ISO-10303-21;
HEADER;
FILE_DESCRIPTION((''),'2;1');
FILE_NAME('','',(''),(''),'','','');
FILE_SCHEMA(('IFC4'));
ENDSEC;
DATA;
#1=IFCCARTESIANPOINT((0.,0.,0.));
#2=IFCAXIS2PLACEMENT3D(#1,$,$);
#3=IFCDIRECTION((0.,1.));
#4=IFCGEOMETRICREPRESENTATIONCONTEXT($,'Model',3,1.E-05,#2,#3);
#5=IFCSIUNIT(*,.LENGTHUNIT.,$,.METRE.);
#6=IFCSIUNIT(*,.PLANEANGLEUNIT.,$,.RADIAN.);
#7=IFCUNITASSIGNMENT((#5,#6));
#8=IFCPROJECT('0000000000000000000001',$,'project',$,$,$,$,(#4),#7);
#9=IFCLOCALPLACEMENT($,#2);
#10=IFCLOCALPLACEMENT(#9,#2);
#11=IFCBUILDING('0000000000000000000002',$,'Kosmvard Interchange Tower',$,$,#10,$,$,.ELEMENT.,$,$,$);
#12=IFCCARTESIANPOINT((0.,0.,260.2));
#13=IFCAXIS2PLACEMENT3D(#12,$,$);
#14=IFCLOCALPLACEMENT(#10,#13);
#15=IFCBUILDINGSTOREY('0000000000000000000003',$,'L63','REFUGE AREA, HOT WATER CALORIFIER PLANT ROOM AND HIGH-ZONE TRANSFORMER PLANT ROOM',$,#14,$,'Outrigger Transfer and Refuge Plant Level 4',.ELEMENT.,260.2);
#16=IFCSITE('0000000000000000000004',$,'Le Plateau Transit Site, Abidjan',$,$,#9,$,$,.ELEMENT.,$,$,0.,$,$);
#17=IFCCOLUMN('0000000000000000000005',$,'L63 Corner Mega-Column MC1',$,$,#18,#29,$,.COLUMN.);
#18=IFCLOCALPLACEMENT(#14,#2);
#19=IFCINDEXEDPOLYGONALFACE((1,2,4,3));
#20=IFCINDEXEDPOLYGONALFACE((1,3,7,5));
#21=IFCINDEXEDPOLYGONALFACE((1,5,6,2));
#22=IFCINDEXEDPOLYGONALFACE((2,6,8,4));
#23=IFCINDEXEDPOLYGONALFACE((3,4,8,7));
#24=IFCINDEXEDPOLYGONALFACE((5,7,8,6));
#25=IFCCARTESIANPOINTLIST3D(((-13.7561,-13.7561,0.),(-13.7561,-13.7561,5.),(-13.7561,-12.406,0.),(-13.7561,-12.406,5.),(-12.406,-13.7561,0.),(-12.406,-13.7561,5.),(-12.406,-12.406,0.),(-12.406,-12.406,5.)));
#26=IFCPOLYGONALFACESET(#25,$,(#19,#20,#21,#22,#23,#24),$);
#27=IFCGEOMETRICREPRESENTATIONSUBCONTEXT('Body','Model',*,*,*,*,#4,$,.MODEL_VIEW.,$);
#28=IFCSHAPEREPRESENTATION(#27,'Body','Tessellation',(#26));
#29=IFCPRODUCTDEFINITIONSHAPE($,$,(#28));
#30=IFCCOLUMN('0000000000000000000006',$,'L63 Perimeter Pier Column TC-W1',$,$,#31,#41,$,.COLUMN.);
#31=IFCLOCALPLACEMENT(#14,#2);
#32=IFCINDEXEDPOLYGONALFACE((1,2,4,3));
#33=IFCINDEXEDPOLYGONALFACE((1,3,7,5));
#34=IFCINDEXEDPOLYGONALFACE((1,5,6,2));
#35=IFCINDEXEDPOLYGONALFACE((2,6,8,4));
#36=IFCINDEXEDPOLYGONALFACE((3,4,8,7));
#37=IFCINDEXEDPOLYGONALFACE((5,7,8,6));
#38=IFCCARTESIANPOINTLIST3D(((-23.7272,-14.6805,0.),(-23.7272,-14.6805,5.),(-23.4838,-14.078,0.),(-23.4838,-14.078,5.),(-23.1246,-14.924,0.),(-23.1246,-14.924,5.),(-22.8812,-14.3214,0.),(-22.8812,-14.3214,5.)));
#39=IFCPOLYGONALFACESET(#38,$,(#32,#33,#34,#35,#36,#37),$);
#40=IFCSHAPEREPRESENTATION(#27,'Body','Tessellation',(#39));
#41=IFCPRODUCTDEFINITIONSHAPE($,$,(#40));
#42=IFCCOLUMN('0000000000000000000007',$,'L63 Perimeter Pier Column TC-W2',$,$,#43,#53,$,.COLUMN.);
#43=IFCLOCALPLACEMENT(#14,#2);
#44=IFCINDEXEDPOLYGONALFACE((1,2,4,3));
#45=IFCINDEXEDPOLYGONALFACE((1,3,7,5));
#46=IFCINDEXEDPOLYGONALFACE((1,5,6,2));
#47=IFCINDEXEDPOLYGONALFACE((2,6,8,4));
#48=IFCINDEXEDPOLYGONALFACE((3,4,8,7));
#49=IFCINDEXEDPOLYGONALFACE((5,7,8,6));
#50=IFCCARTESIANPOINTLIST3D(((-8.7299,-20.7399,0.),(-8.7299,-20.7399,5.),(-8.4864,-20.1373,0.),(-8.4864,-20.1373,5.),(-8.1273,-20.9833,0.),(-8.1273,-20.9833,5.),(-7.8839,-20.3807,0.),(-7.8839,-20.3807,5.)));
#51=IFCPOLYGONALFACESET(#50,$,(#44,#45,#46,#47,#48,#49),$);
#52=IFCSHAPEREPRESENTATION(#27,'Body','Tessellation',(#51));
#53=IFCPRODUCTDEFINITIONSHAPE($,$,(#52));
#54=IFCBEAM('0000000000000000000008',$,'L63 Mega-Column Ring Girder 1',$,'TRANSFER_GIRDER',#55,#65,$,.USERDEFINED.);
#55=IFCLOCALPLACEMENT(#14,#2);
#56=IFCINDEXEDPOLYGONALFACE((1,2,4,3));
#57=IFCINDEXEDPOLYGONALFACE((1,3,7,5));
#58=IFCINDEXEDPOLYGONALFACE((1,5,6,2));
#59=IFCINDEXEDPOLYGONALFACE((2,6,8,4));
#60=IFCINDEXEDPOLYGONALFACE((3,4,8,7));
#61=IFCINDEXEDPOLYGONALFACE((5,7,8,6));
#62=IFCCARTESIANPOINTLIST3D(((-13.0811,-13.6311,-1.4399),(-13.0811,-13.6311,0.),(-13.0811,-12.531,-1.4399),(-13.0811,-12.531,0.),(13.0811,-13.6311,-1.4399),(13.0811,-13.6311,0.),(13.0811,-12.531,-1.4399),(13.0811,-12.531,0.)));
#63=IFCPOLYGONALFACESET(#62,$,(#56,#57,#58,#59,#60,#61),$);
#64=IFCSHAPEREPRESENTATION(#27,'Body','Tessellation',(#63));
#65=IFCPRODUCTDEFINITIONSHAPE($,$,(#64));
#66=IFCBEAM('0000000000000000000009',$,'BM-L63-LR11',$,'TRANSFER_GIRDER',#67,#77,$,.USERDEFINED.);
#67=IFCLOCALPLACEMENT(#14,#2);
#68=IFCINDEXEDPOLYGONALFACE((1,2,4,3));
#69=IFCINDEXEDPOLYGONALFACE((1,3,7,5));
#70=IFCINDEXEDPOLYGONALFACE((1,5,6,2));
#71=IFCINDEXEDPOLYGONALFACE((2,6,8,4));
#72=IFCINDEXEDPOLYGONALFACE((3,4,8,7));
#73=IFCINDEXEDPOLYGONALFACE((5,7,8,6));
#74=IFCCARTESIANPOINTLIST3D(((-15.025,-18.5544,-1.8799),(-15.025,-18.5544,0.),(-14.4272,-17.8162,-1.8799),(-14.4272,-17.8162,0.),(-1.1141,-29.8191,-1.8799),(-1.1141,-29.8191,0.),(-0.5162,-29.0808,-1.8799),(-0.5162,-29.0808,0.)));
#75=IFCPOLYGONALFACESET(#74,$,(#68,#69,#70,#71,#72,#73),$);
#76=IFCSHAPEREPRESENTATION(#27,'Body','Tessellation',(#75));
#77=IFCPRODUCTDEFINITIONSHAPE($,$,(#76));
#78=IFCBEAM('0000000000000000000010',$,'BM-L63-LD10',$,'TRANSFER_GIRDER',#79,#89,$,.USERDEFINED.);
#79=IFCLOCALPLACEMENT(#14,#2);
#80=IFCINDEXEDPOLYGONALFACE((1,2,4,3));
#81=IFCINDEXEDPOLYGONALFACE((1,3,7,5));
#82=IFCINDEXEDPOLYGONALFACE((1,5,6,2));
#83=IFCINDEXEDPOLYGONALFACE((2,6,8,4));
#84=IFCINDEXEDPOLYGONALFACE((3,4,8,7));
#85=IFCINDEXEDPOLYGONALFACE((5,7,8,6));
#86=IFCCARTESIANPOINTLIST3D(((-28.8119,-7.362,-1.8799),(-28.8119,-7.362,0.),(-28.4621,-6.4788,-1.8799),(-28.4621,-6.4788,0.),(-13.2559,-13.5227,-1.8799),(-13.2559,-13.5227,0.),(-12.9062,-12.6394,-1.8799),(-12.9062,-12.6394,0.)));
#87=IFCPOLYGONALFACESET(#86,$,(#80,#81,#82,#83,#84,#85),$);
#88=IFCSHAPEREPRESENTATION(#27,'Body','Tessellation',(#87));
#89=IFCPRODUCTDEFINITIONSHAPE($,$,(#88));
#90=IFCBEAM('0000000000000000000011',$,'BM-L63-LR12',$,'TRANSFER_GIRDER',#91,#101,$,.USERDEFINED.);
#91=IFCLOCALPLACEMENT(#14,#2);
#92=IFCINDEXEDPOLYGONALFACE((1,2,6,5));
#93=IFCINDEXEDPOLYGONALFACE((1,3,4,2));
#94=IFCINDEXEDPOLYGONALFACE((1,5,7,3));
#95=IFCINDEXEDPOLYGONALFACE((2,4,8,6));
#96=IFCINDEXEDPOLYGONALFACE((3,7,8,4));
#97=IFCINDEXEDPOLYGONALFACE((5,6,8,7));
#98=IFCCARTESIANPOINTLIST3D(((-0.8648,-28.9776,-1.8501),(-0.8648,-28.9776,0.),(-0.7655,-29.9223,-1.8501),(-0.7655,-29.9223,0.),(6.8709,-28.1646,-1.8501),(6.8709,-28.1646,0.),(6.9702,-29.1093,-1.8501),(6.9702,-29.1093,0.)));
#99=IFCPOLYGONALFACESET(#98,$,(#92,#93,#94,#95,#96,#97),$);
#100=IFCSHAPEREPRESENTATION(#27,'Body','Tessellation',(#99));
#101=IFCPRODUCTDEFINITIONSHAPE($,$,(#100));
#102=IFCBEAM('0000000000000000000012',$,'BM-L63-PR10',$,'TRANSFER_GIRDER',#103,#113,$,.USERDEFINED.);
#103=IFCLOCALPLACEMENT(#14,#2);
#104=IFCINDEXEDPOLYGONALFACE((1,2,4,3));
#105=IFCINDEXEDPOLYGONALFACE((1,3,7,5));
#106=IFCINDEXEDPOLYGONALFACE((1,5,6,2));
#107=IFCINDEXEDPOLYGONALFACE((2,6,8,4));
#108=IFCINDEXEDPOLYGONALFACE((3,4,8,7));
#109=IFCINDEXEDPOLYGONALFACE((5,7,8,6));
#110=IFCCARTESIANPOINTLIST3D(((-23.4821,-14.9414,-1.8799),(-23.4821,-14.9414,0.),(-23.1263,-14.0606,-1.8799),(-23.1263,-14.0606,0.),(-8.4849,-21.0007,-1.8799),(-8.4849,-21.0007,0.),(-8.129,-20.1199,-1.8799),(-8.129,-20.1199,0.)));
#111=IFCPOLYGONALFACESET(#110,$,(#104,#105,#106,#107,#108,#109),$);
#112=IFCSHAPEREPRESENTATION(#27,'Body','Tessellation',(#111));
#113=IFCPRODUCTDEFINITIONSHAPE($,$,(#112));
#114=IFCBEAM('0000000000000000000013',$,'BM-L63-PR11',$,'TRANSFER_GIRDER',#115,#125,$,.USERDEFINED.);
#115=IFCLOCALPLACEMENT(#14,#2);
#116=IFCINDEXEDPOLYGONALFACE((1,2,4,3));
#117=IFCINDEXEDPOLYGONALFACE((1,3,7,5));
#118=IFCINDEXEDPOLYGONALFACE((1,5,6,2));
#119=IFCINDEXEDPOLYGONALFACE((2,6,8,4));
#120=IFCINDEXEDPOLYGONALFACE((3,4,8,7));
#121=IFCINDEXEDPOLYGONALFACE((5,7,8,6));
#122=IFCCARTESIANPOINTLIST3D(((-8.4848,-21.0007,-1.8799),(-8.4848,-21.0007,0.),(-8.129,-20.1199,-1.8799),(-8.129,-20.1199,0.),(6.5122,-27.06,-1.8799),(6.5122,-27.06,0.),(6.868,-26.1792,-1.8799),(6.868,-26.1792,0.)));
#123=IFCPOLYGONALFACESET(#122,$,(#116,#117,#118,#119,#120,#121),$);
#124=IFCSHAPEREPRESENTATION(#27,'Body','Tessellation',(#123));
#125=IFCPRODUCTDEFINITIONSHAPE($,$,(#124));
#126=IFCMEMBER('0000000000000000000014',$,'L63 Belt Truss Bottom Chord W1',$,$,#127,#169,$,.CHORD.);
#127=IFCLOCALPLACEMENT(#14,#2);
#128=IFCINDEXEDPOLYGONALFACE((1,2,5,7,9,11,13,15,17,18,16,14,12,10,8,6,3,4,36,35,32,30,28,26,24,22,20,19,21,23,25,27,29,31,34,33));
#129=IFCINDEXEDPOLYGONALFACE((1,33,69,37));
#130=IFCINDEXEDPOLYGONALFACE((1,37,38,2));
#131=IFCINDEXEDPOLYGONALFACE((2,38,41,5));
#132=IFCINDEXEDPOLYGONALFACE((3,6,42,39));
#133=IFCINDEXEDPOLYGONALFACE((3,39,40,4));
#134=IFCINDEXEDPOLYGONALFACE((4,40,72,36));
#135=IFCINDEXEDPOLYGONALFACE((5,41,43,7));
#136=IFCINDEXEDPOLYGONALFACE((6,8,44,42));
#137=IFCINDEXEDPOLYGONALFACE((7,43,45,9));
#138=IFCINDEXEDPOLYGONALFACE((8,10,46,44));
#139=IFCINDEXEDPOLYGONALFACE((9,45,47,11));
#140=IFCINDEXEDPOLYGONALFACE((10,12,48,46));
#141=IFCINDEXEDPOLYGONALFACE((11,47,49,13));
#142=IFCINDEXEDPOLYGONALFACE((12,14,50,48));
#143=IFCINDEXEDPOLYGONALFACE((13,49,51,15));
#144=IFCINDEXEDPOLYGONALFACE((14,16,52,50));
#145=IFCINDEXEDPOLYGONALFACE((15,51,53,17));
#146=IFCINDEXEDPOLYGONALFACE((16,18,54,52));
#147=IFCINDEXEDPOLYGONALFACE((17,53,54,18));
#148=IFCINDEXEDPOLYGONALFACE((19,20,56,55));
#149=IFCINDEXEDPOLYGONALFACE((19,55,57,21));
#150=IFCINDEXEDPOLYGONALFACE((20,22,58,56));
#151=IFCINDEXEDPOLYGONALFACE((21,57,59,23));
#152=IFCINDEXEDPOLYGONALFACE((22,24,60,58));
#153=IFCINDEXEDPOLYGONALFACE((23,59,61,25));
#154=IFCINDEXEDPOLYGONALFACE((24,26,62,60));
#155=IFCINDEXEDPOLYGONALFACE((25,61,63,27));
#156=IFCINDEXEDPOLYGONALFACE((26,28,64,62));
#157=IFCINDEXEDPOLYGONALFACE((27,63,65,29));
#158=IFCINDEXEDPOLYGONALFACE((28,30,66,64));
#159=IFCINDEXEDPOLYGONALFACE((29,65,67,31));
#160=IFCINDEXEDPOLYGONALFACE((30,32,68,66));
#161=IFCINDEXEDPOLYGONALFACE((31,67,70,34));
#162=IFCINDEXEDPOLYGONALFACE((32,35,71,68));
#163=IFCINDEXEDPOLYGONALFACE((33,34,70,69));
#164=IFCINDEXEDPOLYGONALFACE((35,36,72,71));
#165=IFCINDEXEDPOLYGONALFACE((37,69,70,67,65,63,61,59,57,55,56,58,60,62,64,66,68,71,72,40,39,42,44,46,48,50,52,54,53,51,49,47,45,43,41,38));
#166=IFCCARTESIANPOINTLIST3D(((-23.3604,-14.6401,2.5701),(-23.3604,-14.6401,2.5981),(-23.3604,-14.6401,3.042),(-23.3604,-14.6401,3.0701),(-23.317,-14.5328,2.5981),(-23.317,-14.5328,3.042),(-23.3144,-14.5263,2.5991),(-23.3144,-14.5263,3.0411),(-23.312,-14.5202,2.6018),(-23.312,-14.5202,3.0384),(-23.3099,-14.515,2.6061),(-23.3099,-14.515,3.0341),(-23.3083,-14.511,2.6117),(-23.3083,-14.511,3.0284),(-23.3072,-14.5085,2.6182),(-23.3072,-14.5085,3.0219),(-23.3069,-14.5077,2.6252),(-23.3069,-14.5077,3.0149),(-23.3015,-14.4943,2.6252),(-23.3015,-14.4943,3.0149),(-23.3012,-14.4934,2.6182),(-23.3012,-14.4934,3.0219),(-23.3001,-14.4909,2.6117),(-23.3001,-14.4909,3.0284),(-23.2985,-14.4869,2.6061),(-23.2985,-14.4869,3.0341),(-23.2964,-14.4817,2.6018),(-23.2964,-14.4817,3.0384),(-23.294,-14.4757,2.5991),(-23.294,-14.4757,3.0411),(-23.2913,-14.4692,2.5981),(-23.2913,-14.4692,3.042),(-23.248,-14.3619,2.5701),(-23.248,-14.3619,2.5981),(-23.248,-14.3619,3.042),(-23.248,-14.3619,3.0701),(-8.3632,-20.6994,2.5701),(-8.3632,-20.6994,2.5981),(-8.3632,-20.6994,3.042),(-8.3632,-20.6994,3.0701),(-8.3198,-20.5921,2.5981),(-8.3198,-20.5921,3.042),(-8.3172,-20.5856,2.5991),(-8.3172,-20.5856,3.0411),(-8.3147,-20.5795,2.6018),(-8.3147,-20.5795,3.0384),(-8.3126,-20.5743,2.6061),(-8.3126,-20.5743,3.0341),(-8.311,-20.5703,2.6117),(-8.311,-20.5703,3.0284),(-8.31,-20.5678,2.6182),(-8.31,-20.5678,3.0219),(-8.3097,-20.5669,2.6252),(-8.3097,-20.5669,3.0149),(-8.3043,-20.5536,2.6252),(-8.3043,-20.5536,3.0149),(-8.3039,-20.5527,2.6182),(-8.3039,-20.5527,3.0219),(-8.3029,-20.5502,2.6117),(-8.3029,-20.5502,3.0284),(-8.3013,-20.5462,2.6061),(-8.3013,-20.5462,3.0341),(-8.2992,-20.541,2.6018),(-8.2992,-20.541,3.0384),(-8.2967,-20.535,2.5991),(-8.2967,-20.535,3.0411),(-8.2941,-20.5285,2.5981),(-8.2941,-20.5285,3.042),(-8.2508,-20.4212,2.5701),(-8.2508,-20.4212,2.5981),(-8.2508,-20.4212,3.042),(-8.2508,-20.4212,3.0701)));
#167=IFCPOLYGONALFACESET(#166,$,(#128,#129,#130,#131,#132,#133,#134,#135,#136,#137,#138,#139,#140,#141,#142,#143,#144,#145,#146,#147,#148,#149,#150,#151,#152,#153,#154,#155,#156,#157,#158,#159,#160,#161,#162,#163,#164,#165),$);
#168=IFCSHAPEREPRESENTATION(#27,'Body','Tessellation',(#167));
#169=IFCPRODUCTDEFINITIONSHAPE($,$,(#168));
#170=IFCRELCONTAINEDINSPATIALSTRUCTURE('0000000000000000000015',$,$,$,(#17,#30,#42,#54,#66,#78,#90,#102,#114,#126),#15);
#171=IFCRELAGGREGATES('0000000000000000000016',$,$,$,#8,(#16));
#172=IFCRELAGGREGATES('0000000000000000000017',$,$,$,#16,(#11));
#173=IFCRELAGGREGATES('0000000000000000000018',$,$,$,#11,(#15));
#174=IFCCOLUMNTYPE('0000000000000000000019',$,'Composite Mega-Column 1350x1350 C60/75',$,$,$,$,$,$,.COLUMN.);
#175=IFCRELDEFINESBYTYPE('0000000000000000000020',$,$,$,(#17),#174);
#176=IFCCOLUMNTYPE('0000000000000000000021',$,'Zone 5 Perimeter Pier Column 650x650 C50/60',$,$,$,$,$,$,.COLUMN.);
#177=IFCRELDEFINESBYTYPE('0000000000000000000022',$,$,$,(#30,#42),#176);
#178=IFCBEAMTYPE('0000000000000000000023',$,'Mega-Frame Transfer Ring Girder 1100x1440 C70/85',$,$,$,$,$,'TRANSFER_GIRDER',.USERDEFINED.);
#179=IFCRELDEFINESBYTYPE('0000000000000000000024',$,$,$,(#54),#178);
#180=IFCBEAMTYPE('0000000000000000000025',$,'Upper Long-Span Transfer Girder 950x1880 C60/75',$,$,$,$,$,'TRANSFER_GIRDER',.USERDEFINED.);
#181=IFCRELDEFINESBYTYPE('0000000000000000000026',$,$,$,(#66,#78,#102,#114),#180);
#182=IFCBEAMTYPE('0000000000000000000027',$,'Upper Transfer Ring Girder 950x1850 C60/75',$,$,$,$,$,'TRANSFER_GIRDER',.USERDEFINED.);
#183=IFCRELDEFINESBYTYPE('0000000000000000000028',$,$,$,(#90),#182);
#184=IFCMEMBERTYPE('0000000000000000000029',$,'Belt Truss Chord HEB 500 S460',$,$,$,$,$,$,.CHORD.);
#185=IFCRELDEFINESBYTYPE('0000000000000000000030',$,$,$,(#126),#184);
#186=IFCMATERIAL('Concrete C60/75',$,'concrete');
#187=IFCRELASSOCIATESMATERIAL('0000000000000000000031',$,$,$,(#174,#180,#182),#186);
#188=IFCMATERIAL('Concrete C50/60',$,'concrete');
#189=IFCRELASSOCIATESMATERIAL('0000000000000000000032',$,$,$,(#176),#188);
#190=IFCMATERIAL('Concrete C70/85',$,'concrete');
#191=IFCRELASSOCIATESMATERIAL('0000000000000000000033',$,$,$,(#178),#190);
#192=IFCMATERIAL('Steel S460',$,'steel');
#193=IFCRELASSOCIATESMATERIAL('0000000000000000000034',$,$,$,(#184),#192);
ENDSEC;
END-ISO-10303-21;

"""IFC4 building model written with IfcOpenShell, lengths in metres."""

from ifc_helpers import new_model, si_unit, direction, frame, origin, origin_2d, place, context, subcontext, project, spatial, rectangle, i_section, extrude, source, transform, mapped, material, material_profile, profile_set, type_object, element, save


model = new_model("IFC4")

# Units and contexts
model_context = context("Model", 3, precision=1e-05, world=origin(), true_north=direction((0.0, 1.0)))
body_context = subcontext(model_context, "Body", "Model", "MODEL_VIEW")
ifc_project = project(units=[si_unit("LENGTHUNIT", "METRE"), si_unit("PLANEANGLEUNIT", "RADIAN")], contexts=[model_context])

# Site, building, storey
site_placement = place(None, origin())
site = spatial("IfcSite", under=ifc_project, at=site_placement, Name="Le Plateau Transit Site, Abidjan", CompositionType="ELEMENT", RefElevation=0.0)
building_placement = place(site_placement, origin())
building = spatial("IfcBuilding", under=site, at=building_placement, Name="Kosmvard Interchange Tower", CompositionType="ELEMENT")
storey_placement = place(building_placement, frame((0.0, 0.0, 260.2)))
storey = spatial("IfcBuildingStorey", under=building, at=storey_placement, Name="L63", Description="REFUGE AREA, HOT WATER CALORIFIER PLANT ROOM AND HIGH-ZONE TRANSFORMER PLANT ROOM", LongName="Outrigger Transfer and Refuge Plant Level 4", CompositionType="ELEMENT", Elevation=260.2)

# Columns
ifc_material_1 = material(Name="Concrete C60/75", Category="concrete")
ifc_material_profile_1 = material_profile(ifc_material_1, rectangle(XDim=1.3501, YDim=1.3501, at=origin_2d()), Name="MC 1350x1350")
ifc_profile_set_1 = profile_set([ifc_material_profile_1], Name="Concrete C60/75")
column_type_1 = type_object("IfcColumnType", Name="Composite Mega-Column 1350x1350 C60/75", PredefinedType="COLUMN", material=ifc_profile_set_1)
shared_shape_1 = source(origin(), body_context, "Body", "SweptSolid", [
    extrude(rectangle(XDim=1.3501, YDim=1.3501, at=origin_2d()), origin(), (0.0, 0.0, 1.0), 5.0),
])
column_placement = place(storey_placement, frame((-13.0811, -13.0811, 0.0), z_axis=(0.0, 0.0, 1.0), x_axis=(1.0, 0.0, 0.0)))
element("IfcColumn", 1, at=column_placement, inside=storey, type_object=column_type_1, Name="L63 Corner Mega-Column MC1", PredefinedType="COLUMN", context=body_context, shape_type="MappedRepresentation", body=[
    mapped(shared_shape_1, transform((0.0, 0.0, 0.0), scale=1.0)),
])
ifc_material_2 = material(Name="Concrete C50/60", Category="concrete")
ifc_material_profile_2 = material_profile(ifc_material_2, rectangle(XDim=0.6499, YDim=0.6499, at=origin_2d()), Name="TC 650x650")
ifc_profile_set_2 = profile_set([ifc_material_profile_2], Name="Concrete C50/60")
column_type_2 = type_object("IfcColumnType", Name="Zone 5 Perimeter Pier Column 650x650 C50/60", PredefinedType="COLUMN", material=ifc_profile_set_2)
shared_shape_2 = source(origin(), body_context, "Body", "SweptSolid", [
    extrude(rectangle(XDim=0.6499, YDim=0.6499, at=origin_2d()), origin(), (0.0, 0.0, 1.0), 5.0),
])
for number, where, z_axis, x_axis, name in (
    (2, (-23.3042, -14.501, 0.0), (0.0, 0.0, 1.0), (0.374607, 0.927184, 0.0), "L63 Perimeter Pier Column TC-W1"),
    (3, (-8.3069, -20.5603, 0.0), (0.0, 0.0, 1.0), (0.374607, 0.927184, 0.0), "L63 Perimeter Pier Column TC-W2"),
):
    element("IfcColumn", number, at=place(storey_placement, frame(where, z_axis=z_axis, x_axis=x_axis)), inside=storey, type_object=column_type_2, Name=name, PredefinedType="COLUMN", context=body_context, shape_type="MappedRepresentation", body=[
        mapped(shared_shape_2, transform((0.0, 0.0, 0.0), scale=1.0)),
    ])

# Beams
ifc_material_3 = material(Name="Concrete C70/85", Category="concrete")
ifc_material_profile_3 = material_profile(ifc_material_3, rectangle(XDim=1.1001, YDim=1.4399, at=origin_2d()), Name="TG 1100x1440")
ifc_profile_set_3 = profile_set([ifc_material_profile_3], Name="Concrete C70/85")
beam_type_1 = type_object("IfcBeamType", Name="Mega-Frame Transfer Ring Girder 1100x1440 C70/85", ElementType="TRANSFER_GIRDER", PredefinedType="USERDEFINED", material=ifc_profile_set_3)
shared_shape_3 = source(origin(), body_context, "Body", "SweptSolid", [
    extrude(rectangle(XDim=1.1001, YDim=1.4399, at=origin_2d()), origin(), (0.0, 0.0, 1.0), 26.1621),
])
beam_1_placement = place(storey_placement, frame((-13.0811, -13.0811, -0.72), z_axis=(1.0, 0.0, 0.0), x_axis=(0.0, 1.0, 0.0)))
element("IfcBeam", 4, at=beam_1_placement, inside=storey, type_object=beam_type_1, Name="L63 Mega-Column Ring Girder 1", ObjectType="TRANSFER_GIRDER", PredefinedType="USERDEFINED", context=body_context, shape_type="MappedRepresentation", body=[
    mapped(shared_shape_3, transform((0.0, 0.0, 0.0), scale=1.0)),
])
ifc_material_profile_4 = material_profile(ifc_material_1, rectangle(XDim=0.95, YDim=1.8799, at=origin_2d()), Name="TG 950x1880")
ifc_profile_set_4 = profile_set([ifc_material_profile_4], Name="Concrete C60/75")
beam_type_2 = type_object("IfcBeamType", Name="Upper Long-Span Transfer Girder 950x1880 C60/75", ElementType="TRANSFER_GIRDER", PredefinedType="USERDEFINED", material=ifc_profile_set_4)
shared_shape_4 = source(origin(), body_context, "Body", "SweptSolid", [
    extrude(rectangle(XDim=0.95, YDim=1.8799, at=origin_2d()), origin(), (0.0, 0.0, 1.0), 17.8999),
])
beam_2_placement = place(storey_placement, frame((-14.7261, -18.1853, -0.9399), z_axis=(0.777151, -0.629315, 0.0), x_axis=(0.629315, 0.777151, 0.0)))
element("IfcBeam", 5, at=beam_2_placement, inside=storey, type_object=beam_type_2, Name="BM-L63-LR11", ObjectType="TRANSFER_GIRDER", PredefinedType="USERDEFINED", context=body_context, shape_type="MappedRepresentation", body=[
    mapped(shared_shape_4, transform((0.0, 0.0, 0.0), scale=1.0)),
])
shared_shape_5 = source(origin(), body_context, "Body", "SweptSolid", [
    extrude(rectangle(XDim=0.95, YDim=1.8799, at=origin_2d()), origin(), (0.0, 0.0, 1.0), 16.7314),
])
beam_3_placement = place(storey_placement, frame((-13.0811, -13.0811, -0.9399), z_axis=(-0.929743, 0.368209, 0.0), x_axis=(-0.368209, -0.929743, 0.0)))
element("IfcBeam", 6, at=beam_3_placement, inside=storey, type_object=beam_type_2, Name="BM-L63-LD10", ObjectType="TRANSFER_GIRDER", PredefinedType="USERDEFINED", context=body_context, shape_type="MappedRepresentation", body=[
    mapped(shared_shape_5, transform((0.0, 0.0, 0.0), scale=1.0)),
])
ifc_material_profile_5 = material_profile(ifc_material_1, rectangle(XDim=0.95, YDim=1.8501, at=origin_2d()), Name="TG 950x1850")
ifc_profile_set_5 = profile_set([ifc_material_profile_5], Name="Concrete C60/75")
beam_type_3 = type_object("IfcBeamType", Name="Upper Transfer Ring Girder 950x1850 C60/75", ElementType="TRANSFER_GIRDER", PredefinedType="USERDEFINED", material=ifc_profile_set_5)
shared_shape_6 = source(origin(), body_context, "Body", "SweptSolid", [
    extrude(rectangle(XDim=0.95, YDim=1.8501, at=origin_2d()), origin(), (0.0, 0.0, 1.0), 7.7783),
])
beam_4_placement = place(storey_placement, frame((-0.8152, -29.45, -0.925), z_axis=(0.994523, 0.104521, 0.0), x_axis=(-0.104521, 0.994523, 0.0)))
element("IfcBeam", 7, at=beam_4_placement, inside=storey, type_object=beam_type_3, Name="BM-L63-LR12", ObjectType="TRANSFER_GIRDER", PredefinedType="USERDEFINED", context=body_context, shape_type="MappedRepresentation", body=[
    mapped(shared_shape_6, transform((0.0, 0.0, 0.0), scale=1.0)),
])
shared_shape_7 = source(origin(), body_context, "Body", "SweptSolid", [
    extrude(rectangle(XDim=0.95, YDim=1.8799, at=origin_2d()), origin(), (0.0, 0.0, 1.0), 16.175),
])
beam_5_placement = place(storey_placement, frame((-23.3042, -14.501, -0.9399), z_axis=(0.927183, -0.374608, 0.0), x_axis=(0.374608, 0.927183, 0.0)))
element("IfcBeam", 8, at=beam_5_placement, inside=storey, type_object=beam_type_2, Name="BM-L63-PR10", ObjectType="TRANSFER_GIRDER", PredefinedType="USERDEFINED", context=body_context, shape_type="MappedRepresentation", body=[
    mapped(shared_shape_7, transform((0.0, 0.0, 0.0), scale=1.0)),
])
shared_shape_8 = source(origin(), body_context, "Body", "SweptSolid", [
    extrude(rectangle(XDim=0.95, YDim=1.8799, at=origin_2d()), origin(), (0.0, 0.0, 1.0), 16.1748),
])
beam_6_placement = place(storey_placement, frame((-8.3069, -20.5603, -0.9399), z_axis=(0.927181, -0.374613, 0.0), x_axis=(0.374613, 0.927181, 0.0)))
element("IfcBeam", 9, at=beam_6_placement, inside=storey, type_object=beam_type_2, Name="BM-L63-PR11", ObjectType="TRANSFER_GIRDER", PredefinedType="USERDEFINED", context=body_context, shape_type="MappedRepresentation", body=[
    mapped(shared_shape_8, transform((0.0, 0.0, 0.0), scale=1.0)),
])

# Member
ifc_material_4 = material(Name="Steel S460", Category="steel")
ifc_material_profile_6 = material_profile(ifc_material_4, i_section(OverallWidth=0.3, OverallDepth=0.5, WebThickness=0.0144, FlangeThickness=0.0281, FilletRadius=0.0271, at=origin_2d()), Name="HEB 500")
ifc_profile_set_6 = profile_set([ifc_material_profile_6], Name="Steel S460")
member_type_1 = type_object("IfcMemberType", Name="Belt Truss Chord HEB 500 S460", PredefinedType="CHORD", material=ifc_profile_set_6)
shared_shape_9 = source(origin(), body_context, "Body", "SweptSolid", [
    extrude(i_section(OverallWidth=0.3, OverallDepth=0.5, WebThickness=0.0144, FlangeThickness=0.0281, FilletRadius=0.0271, at=origin_2d()), origin(), (0.0, 0.0, 1.0), 16.175),
])
for number, where, z_axis, x_axis, name in (
    (10, (-23.3042, -14.501, 2.8201), (0.927183, -0.374608, 0.0), (0.374608, 0.927183, 0.0), "L63 Belt Truss Bottom Chord W1"),
):
    element("IfcMember", number, at=place(storey_placement, frame(where, z_axis=z_axis, x_axis=x_axis)), inside=storey, type_object=member_type_1, Name=name, PredefinedType="CHORD", context=body_context, shape_type="MappedRepresentation", body=[
        mapped(shared_shape_9, transform((0.0, 0.0, 0.0), scale=1.0)),
    ])

save(model, "model.ifc")
